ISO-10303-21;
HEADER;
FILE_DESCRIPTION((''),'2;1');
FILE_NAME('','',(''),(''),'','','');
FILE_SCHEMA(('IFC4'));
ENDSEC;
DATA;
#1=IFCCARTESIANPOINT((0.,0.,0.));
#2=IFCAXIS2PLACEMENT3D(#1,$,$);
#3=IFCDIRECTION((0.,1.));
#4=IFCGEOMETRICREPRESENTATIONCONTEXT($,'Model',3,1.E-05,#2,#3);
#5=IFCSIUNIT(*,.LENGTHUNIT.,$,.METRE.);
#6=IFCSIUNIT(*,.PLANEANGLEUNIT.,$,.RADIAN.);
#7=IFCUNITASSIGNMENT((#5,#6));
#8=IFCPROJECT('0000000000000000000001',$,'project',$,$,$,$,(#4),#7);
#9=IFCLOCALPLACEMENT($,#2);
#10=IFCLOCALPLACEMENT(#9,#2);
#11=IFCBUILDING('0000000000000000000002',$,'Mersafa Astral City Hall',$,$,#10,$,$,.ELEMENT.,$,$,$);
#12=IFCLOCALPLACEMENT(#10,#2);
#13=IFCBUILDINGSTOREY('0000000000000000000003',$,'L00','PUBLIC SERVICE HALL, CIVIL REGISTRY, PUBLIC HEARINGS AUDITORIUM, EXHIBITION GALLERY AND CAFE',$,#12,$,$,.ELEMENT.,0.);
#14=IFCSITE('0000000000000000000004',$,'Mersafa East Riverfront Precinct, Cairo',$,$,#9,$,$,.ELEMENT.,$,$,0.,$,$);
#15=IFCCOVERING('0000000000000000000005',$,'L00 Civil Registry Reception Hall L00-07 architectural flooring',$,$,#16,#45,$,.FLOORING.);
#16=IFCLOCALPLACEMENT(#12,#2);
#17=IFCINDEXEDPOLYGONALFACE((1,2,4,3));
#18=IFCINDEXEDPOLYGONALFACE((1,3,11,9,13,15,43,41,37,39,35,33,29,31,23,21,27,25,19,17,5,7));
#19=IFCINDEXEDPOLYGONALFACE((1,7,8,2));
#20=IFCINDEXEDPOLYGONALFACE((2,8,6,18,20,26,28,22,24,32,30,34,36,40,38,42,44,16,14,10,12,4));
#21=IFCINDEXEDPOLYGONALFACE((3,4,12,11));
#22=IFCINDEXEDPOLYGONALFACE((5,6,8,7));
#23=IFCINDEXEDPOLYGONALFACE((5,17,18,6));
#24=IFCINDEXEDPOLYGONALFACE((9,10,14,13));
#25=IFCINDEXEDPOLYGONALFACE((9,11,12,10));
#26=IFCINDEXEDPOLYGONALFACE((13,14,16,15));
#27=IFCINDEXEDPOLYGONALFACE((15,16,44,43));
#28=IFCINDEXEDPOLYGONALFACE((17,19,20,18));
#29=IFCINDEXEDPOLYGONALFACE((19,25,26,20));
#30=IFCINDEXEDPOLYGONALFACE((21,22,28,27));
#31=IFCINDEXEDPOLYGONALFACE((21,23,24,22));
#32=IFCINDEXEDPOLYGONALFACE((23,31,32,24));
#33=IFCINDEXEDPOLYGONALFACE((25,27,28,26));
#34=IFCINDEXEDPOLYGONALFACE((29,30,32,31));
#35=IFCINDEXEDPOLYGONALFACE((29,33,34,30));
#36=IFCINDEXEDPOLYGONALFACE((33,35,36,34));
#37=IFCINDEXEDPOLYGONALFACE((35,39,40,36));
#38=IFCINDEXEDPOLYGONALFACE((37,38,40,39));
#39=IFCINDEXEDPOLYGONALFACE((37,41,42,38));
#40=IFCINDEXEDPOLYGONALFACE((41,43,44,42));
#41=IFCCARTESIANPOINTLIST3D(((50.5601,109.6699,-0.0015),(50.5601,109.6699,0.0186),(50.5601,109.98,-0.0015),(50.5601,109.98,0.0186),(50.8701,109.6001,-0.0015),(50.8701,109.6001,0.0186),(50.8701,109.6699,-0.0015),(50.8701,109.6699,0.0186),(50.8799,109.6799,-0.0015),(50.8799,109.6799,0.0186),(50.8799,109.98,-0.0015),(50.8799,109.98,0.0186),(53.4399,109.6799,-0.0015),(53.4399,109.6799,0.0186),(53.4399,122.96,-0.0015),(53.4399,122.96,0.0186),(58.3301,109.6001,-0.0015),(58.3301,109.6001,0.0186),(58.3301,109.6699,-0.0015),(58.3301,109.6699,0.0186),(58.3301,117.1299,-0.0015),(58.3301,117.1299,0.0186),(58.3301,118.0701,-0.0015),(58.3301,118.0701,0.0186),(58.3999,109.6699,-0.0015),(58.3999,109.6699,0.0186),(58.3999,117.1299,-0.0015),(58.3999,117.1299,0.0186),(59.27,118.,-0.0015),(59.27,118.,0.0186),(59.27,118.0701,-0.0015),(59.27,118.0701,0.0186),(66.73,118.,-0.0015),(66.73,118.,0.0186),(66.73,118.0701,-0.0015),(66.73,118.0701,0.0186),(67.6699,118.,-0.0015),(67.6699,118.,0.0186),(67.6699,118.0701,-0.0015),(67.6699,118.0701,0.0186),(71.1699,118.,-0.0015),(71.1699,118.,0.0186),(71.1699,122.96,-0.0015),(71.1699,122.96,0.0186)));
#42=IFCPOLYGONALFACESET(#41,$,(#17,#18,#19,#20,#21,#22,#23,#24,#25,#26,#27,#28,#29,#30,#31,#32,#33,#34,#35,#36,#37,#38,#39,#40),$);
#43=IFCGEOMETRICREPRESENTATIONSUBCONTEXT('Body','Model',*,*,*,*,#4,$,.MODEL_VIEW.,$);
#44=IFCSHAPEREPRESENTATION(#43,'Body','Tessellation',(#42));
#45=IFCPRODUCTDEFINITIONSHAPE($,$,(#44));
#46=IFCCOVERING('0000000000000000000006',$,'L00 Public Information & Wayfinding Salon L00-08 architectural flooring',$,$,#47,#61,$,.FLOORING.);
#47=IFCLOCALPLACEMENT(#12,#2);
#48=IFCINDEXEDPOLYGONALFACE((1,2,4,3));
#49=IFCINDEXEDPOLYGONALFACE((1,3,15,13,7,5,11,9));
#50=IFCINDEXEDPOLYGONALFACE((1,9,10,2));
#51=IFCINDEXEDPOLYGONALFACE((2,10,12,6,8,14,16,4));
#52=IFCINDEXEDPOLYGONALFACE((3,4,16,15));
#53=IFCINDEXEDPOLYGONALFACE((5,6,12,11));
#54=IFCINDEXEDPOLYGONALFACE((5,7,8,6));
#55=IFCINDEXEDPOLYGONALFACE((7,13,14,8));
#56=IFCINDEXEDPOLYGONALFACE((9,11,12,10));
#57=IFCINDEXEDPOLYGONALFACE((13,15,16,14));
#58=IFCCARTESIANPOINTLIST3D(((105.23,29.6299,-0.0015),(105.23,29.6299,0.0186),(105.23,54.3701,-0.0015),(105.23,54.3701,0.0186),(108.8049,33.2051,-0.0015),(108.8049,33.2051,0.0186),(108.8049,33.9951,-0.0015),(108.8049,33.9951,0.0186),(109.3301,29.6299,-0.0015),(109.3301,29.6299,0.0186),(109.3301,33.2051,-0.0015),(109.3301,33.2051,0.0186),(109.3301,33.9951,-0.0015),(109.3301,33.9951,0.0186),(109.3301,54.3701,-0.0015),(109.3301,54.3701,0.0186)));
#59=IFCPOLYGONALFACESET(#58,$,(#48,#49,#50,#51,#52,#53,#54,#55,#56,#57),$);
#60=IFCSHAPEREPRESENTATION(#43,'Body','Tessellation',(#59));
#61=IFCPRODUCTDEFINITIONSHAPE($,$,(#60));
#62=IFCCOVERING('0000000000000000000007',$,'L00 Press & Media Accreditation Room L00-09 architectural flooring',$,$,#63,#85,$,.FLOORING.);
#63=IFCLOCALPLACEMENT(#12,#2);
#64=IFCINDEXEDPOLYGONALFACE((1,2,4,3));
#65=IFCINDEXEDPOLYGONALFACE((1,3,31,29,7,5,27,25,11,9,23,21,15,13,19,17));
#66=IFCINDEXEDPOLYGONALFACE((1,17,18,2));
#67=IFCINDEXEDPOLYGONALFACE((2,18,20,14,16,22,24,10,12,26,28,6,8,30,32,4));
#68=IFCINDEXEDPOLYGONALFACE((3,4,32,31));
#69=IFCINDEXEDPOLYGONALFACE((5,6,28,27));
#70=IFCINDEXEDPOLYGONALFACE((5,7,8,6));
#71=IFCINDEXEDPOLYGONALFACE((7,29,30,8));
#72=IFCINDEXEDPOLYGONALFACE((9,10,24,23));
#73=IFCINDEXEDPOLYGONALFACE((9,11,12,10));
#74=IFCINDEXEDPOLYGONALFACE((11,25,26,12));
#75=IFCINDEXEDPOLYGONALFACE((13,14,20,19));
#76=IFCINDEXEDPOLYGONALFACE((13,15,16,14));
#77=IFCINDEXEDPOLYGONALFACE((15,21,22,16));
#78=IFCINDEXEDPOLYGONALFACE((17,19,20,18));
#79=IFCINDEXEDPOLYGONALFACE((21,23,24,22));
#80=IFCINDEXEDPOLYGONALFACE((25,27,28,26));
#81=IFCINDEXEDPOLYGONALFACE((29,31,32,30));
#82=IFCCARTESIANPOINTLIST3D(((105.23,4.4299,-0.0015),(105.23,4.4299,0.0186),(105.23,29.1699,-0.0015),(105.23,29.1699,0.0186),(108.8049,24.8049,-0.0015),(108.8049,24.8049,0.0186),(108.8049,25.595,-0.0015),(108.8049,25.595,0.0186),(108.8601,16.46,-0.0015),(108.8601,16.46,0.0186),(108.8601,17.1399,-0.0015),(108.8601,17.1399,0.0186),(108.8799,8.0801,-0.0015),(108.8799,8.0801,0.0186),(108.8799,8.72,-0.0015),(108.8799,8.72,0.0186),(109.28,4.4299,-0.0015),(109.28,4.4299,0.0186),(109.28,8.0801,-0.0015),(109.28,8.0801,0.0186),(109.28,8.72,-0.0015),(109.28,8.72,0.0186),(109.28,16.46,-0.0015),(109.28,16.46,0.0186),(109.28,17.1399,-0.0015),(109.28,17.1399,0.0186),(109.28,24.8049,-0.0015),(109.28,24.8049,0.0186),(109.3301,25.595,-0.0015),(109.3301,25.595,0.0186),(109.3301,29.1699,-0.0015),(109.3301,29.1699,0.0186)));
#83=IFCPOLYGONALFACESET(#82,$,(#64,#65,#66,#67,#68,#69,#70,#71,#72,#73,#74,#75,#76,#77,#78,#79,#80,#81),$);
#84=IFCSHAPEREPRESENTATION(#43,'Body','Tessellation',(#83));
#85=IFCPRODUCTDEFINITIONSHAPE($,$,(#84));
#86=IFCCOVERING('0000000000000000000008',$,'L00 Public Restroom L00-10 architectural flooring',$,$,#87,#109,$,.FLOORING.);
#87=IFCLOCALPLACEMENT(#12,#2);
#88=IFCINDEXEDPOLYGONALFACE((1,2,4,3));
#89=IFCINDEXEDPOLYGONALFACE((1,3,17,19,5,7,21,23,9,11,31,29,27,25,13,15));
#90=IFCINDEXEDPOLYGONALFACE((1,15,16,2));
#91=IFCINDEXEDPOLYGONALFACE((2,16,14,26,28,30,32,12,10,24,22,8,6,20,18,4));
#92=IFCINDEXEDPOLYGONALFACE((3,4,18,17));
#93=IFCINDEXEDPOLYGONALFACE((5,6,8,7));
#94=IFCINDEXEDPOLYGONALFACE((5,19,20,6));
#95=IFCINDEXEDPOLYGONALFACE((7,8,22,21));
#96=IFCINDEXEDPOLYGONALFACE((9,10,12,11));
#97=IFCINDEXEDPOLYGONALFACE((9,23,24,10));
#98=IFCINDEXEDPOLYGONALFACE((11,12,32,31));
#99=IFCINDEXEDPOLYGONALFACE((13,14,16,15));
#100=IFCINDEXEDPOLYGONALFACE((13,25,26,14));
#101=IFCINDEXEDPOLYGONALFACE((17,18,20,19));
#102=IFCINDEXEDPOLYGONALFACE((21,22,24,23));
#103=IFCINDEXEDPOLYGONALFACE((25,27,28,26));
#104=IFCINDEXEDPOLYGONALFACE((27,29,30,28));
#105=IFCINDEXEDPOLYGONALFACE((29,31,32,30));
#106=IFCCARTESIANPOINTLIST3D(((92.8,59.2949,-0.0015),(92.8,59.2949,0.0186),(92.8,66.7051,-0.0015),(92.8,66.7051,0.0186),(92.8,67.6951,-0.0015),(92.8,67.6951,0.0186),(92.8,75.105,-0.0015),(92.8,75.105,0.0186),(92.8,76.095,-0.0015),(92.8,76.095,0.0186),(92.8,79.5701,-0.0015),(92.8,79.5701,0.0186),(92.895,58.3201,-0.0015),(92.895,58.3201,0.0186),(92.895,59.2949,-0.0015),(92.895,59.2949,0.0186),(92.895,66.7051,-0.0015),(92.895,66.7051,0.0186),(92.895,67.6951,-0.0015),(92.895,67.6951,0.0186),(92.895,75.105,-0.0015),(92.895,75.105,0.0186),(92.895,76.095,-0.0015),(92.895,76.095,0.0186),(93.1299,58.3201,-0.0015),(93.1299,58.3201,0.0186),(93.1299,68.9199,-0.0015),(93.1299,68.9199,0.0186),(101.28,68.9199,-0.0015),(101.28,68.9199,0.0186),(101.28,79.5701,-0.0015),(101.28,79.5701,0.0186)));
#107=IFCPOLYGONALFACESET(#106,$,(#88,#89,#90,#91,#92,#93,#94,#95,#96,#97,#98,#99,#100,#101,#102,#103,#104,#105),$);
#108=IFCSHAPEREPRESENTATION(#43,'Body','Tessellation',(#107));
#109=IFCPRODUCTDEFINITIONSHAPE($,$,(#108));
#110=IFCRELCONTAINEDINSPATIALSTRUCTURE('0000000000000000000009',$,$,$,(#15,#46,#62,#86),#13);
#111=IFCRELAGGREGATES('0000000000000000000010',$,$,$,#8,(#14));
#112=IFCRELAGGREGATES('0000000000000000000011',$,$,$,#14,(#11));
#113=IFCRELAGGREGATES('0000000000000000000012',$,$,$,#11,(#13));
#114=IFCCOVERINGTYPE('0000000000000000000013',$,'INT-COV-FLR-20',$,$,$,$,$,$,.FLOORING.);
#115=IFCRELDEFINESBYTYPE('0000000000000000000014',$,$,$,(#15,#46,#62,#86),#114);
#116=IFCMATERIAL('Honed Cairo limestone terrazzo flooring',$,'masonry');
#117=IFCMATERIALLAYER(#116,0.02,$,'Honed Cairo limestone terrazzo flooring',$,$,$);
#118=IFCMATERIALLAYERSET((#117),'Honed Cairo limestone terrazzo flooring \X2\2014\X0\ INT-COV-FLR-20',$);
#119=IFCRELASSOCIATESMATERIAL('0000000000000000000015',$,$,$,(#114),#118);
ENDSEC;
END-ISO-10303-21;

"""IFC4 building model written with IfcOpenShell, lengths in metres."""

from ifc_helpers import new_model, si_unit, direction, frame, origin, place, context, subcontext, project, spatial, polyline, outline, extrude, material, layer, layer_set, type_object, element, save


model = new_model("IFC4")

# Units and contexts
model_context = context("Model", 3, precision=1e-05, world=origin(), true_north=direction((0.0, 1.0)))
body_context = subcontext(model_context, "Body", "Model", "MODEL_VIEW")
ifc_project = project(units=[si_unit("LENGTHUNIT", "METRE"), si_unit("PLANEANGLEUNIT", "RADIAN")], contexts=[model_context])

# Site, building, storey
site_placement = place(None, origin())
site = spatial("IfcSite", under=ifc_project, at=site_placement, Name="Mersafa East Riverfront Precinct, Cairo", CompositionType="ELEMENT", RefElevation=0.0)
building_placement = place(site_placement, origin())
building = spatial("IfcBuilding", under=site, at=building_placement, Name="Mersafa Astral City Hall", CompositionType="ELEMENT")
storey_placement = place(building_placement, origin())
storey = spatial("IfcBuildingStorey", under=building, at=storey_placement, Name="L00", Description="PUBLIC SERVICE HALL, CIVIL REGISTRY, PUBLIC HEARINGS AUDITORIUM, EXHIBITION GALLERY AND CAFE", CompositionType="ELEMENT", Elevation=0.0)

# Coverings
ifc_material_1 = material(Name="Honed Cairo limestone terrazzo flooring", Category="masonry")
ifc_layer_1 = layer(ifc_material_1, 0.02, Name="Honed Cairo limestone terrazzo flooring")
ifc_layer_set_1 = layer_set([ifc_layer_1], Name="Honed Cairo limestone terrazzo flooring — INT-COV-FLR-20")
covering_type = type_object("IfcCoveringType", Name="INT-COV-FLR-20", PredefinedType="FLOORING", material=ifc_layer_set_1)
covering_1_placement = place(storey_placement, frame((0.0, 0.0, -0.0015)))
element("IfcCovering", 1, at=covering_1_placement, inside=storey, type_object=covering_type, Name="L00 Civil Registry Reception Hall L00-07 architectural flooring", PredefinedType="FLOORING", context=body_context, shape_type="SweptSolid", body=[
    extrude(outline(polyline([(50.8701, 109.6699), (50.5601, 109.6699), (50.5601, 109.98), (50.8799, 109.98), (50.8799, 109.6799), (53.4399, 109.6799), (53.4399, 122.96), (71.1699, 122.96), (71.1699, 118.0), (67.6699, 118.0), (67.6699, 118.0701), (66.73, 118.0701), (66.73, 118.0), (59.27, 118.0), (59.27, 118.0701), (58.3301, 118.0701), (58.3301, 117.1299), (58.3999, 117.1299), (58.3999, 109.6699), (58.3301, 109.6699), (58.3301, 109.6001), (50.8701, 109.6001), (50.8701, 109.6699)])), origin(), (0.0, 0.0, 1.0), 0.02),
])
covering_2_placement = place(storey_placement, frame((0.0, 0.0, -0.0015)))
element("IfcCovering", 2, at=covering_2_placement, inside=storey, type_object=covering_type, Name="L00 Public Information & Wayfinding Salon L00-08 architectural flooring", PredefinedType="FLOORING", context=body_context, shape_type="SweptSolid", body=[
    extrude(outline(polyline([(105.23, 54.3701), (109.3301, 54.3701), (109.3301, 33.9951), (108.8049, 33.9951), (108.8049, 33.2051), (109.3301, 33.2051), (109.3301, 29.6299), (105.23, 29.6299), (105.23, 54.3701)])), origin(), (0.0, 0.0, 1.0), 0.02),
])
covering_3_placement = place(storey_placement, frame((0.0, 0.0, -0.0015)))
element("IfcCovering", 3, at=covering_3_placement, inside=storey, type_object=covering_type, Name="L00 Press & Media Accreditation Room L00-09 architectural flooring", PredefinedType="FLOORING", context=body_context, shape_type="SweptSolid", body=[
    extrude(outline(polyline([(108.8049, 24.8049), (109.28, 24.8049), (109.28, 17.1399), (108.8601, 17.1399), (108.8601, 16.46), (109.28, 16.46), (109.28, 8.72), (108.8799, 8.72), (108.8799, 8.0801), (109.28, 8.0801), (109.28, 4.4299), (105.23, 4.4299), (105.23, 29.1699), (109.3301, 29.1699), (109.3301, 25.595), (108.8049, 25.595), (108.8049, 24.8049)])), origin(), (0.0, 0.0, 1.0), 0.02),
])
covering_4_placement = place(storey_placement, frame((0.0, 0.0, -0.0015)))
element("IfcCovering", 4, at=covering_4_placement, inside=storey, type_object=covering_type, Name="L00 Public Restroom L00-10 architectural flooring", PredefinedType="FLOORING", context=body_context, shape_type="SweptSolid", body=[
    extrude(outline(polyline([(92.895, 59.2949), (92.8, 59.2949), (92.8, 66.7051), (92.895, 66.7051), (92.895, 67.6951), (92.8, 67.6951), (92.8, 75.105), (92.895, 75.105), (92.895, 76.095), (92.8, 76.095), (92.8, 79.5701), (101.28, 79.5701), (101.28, 68.9199), (93.1299, 68.9199), (93.1299, 58.3201), (92.895, 58.3201), (92.895, 59.2949)])), origin(), (0.0, 0.0, 1.0), 0.02),
])

save(model, "model.ifc")
